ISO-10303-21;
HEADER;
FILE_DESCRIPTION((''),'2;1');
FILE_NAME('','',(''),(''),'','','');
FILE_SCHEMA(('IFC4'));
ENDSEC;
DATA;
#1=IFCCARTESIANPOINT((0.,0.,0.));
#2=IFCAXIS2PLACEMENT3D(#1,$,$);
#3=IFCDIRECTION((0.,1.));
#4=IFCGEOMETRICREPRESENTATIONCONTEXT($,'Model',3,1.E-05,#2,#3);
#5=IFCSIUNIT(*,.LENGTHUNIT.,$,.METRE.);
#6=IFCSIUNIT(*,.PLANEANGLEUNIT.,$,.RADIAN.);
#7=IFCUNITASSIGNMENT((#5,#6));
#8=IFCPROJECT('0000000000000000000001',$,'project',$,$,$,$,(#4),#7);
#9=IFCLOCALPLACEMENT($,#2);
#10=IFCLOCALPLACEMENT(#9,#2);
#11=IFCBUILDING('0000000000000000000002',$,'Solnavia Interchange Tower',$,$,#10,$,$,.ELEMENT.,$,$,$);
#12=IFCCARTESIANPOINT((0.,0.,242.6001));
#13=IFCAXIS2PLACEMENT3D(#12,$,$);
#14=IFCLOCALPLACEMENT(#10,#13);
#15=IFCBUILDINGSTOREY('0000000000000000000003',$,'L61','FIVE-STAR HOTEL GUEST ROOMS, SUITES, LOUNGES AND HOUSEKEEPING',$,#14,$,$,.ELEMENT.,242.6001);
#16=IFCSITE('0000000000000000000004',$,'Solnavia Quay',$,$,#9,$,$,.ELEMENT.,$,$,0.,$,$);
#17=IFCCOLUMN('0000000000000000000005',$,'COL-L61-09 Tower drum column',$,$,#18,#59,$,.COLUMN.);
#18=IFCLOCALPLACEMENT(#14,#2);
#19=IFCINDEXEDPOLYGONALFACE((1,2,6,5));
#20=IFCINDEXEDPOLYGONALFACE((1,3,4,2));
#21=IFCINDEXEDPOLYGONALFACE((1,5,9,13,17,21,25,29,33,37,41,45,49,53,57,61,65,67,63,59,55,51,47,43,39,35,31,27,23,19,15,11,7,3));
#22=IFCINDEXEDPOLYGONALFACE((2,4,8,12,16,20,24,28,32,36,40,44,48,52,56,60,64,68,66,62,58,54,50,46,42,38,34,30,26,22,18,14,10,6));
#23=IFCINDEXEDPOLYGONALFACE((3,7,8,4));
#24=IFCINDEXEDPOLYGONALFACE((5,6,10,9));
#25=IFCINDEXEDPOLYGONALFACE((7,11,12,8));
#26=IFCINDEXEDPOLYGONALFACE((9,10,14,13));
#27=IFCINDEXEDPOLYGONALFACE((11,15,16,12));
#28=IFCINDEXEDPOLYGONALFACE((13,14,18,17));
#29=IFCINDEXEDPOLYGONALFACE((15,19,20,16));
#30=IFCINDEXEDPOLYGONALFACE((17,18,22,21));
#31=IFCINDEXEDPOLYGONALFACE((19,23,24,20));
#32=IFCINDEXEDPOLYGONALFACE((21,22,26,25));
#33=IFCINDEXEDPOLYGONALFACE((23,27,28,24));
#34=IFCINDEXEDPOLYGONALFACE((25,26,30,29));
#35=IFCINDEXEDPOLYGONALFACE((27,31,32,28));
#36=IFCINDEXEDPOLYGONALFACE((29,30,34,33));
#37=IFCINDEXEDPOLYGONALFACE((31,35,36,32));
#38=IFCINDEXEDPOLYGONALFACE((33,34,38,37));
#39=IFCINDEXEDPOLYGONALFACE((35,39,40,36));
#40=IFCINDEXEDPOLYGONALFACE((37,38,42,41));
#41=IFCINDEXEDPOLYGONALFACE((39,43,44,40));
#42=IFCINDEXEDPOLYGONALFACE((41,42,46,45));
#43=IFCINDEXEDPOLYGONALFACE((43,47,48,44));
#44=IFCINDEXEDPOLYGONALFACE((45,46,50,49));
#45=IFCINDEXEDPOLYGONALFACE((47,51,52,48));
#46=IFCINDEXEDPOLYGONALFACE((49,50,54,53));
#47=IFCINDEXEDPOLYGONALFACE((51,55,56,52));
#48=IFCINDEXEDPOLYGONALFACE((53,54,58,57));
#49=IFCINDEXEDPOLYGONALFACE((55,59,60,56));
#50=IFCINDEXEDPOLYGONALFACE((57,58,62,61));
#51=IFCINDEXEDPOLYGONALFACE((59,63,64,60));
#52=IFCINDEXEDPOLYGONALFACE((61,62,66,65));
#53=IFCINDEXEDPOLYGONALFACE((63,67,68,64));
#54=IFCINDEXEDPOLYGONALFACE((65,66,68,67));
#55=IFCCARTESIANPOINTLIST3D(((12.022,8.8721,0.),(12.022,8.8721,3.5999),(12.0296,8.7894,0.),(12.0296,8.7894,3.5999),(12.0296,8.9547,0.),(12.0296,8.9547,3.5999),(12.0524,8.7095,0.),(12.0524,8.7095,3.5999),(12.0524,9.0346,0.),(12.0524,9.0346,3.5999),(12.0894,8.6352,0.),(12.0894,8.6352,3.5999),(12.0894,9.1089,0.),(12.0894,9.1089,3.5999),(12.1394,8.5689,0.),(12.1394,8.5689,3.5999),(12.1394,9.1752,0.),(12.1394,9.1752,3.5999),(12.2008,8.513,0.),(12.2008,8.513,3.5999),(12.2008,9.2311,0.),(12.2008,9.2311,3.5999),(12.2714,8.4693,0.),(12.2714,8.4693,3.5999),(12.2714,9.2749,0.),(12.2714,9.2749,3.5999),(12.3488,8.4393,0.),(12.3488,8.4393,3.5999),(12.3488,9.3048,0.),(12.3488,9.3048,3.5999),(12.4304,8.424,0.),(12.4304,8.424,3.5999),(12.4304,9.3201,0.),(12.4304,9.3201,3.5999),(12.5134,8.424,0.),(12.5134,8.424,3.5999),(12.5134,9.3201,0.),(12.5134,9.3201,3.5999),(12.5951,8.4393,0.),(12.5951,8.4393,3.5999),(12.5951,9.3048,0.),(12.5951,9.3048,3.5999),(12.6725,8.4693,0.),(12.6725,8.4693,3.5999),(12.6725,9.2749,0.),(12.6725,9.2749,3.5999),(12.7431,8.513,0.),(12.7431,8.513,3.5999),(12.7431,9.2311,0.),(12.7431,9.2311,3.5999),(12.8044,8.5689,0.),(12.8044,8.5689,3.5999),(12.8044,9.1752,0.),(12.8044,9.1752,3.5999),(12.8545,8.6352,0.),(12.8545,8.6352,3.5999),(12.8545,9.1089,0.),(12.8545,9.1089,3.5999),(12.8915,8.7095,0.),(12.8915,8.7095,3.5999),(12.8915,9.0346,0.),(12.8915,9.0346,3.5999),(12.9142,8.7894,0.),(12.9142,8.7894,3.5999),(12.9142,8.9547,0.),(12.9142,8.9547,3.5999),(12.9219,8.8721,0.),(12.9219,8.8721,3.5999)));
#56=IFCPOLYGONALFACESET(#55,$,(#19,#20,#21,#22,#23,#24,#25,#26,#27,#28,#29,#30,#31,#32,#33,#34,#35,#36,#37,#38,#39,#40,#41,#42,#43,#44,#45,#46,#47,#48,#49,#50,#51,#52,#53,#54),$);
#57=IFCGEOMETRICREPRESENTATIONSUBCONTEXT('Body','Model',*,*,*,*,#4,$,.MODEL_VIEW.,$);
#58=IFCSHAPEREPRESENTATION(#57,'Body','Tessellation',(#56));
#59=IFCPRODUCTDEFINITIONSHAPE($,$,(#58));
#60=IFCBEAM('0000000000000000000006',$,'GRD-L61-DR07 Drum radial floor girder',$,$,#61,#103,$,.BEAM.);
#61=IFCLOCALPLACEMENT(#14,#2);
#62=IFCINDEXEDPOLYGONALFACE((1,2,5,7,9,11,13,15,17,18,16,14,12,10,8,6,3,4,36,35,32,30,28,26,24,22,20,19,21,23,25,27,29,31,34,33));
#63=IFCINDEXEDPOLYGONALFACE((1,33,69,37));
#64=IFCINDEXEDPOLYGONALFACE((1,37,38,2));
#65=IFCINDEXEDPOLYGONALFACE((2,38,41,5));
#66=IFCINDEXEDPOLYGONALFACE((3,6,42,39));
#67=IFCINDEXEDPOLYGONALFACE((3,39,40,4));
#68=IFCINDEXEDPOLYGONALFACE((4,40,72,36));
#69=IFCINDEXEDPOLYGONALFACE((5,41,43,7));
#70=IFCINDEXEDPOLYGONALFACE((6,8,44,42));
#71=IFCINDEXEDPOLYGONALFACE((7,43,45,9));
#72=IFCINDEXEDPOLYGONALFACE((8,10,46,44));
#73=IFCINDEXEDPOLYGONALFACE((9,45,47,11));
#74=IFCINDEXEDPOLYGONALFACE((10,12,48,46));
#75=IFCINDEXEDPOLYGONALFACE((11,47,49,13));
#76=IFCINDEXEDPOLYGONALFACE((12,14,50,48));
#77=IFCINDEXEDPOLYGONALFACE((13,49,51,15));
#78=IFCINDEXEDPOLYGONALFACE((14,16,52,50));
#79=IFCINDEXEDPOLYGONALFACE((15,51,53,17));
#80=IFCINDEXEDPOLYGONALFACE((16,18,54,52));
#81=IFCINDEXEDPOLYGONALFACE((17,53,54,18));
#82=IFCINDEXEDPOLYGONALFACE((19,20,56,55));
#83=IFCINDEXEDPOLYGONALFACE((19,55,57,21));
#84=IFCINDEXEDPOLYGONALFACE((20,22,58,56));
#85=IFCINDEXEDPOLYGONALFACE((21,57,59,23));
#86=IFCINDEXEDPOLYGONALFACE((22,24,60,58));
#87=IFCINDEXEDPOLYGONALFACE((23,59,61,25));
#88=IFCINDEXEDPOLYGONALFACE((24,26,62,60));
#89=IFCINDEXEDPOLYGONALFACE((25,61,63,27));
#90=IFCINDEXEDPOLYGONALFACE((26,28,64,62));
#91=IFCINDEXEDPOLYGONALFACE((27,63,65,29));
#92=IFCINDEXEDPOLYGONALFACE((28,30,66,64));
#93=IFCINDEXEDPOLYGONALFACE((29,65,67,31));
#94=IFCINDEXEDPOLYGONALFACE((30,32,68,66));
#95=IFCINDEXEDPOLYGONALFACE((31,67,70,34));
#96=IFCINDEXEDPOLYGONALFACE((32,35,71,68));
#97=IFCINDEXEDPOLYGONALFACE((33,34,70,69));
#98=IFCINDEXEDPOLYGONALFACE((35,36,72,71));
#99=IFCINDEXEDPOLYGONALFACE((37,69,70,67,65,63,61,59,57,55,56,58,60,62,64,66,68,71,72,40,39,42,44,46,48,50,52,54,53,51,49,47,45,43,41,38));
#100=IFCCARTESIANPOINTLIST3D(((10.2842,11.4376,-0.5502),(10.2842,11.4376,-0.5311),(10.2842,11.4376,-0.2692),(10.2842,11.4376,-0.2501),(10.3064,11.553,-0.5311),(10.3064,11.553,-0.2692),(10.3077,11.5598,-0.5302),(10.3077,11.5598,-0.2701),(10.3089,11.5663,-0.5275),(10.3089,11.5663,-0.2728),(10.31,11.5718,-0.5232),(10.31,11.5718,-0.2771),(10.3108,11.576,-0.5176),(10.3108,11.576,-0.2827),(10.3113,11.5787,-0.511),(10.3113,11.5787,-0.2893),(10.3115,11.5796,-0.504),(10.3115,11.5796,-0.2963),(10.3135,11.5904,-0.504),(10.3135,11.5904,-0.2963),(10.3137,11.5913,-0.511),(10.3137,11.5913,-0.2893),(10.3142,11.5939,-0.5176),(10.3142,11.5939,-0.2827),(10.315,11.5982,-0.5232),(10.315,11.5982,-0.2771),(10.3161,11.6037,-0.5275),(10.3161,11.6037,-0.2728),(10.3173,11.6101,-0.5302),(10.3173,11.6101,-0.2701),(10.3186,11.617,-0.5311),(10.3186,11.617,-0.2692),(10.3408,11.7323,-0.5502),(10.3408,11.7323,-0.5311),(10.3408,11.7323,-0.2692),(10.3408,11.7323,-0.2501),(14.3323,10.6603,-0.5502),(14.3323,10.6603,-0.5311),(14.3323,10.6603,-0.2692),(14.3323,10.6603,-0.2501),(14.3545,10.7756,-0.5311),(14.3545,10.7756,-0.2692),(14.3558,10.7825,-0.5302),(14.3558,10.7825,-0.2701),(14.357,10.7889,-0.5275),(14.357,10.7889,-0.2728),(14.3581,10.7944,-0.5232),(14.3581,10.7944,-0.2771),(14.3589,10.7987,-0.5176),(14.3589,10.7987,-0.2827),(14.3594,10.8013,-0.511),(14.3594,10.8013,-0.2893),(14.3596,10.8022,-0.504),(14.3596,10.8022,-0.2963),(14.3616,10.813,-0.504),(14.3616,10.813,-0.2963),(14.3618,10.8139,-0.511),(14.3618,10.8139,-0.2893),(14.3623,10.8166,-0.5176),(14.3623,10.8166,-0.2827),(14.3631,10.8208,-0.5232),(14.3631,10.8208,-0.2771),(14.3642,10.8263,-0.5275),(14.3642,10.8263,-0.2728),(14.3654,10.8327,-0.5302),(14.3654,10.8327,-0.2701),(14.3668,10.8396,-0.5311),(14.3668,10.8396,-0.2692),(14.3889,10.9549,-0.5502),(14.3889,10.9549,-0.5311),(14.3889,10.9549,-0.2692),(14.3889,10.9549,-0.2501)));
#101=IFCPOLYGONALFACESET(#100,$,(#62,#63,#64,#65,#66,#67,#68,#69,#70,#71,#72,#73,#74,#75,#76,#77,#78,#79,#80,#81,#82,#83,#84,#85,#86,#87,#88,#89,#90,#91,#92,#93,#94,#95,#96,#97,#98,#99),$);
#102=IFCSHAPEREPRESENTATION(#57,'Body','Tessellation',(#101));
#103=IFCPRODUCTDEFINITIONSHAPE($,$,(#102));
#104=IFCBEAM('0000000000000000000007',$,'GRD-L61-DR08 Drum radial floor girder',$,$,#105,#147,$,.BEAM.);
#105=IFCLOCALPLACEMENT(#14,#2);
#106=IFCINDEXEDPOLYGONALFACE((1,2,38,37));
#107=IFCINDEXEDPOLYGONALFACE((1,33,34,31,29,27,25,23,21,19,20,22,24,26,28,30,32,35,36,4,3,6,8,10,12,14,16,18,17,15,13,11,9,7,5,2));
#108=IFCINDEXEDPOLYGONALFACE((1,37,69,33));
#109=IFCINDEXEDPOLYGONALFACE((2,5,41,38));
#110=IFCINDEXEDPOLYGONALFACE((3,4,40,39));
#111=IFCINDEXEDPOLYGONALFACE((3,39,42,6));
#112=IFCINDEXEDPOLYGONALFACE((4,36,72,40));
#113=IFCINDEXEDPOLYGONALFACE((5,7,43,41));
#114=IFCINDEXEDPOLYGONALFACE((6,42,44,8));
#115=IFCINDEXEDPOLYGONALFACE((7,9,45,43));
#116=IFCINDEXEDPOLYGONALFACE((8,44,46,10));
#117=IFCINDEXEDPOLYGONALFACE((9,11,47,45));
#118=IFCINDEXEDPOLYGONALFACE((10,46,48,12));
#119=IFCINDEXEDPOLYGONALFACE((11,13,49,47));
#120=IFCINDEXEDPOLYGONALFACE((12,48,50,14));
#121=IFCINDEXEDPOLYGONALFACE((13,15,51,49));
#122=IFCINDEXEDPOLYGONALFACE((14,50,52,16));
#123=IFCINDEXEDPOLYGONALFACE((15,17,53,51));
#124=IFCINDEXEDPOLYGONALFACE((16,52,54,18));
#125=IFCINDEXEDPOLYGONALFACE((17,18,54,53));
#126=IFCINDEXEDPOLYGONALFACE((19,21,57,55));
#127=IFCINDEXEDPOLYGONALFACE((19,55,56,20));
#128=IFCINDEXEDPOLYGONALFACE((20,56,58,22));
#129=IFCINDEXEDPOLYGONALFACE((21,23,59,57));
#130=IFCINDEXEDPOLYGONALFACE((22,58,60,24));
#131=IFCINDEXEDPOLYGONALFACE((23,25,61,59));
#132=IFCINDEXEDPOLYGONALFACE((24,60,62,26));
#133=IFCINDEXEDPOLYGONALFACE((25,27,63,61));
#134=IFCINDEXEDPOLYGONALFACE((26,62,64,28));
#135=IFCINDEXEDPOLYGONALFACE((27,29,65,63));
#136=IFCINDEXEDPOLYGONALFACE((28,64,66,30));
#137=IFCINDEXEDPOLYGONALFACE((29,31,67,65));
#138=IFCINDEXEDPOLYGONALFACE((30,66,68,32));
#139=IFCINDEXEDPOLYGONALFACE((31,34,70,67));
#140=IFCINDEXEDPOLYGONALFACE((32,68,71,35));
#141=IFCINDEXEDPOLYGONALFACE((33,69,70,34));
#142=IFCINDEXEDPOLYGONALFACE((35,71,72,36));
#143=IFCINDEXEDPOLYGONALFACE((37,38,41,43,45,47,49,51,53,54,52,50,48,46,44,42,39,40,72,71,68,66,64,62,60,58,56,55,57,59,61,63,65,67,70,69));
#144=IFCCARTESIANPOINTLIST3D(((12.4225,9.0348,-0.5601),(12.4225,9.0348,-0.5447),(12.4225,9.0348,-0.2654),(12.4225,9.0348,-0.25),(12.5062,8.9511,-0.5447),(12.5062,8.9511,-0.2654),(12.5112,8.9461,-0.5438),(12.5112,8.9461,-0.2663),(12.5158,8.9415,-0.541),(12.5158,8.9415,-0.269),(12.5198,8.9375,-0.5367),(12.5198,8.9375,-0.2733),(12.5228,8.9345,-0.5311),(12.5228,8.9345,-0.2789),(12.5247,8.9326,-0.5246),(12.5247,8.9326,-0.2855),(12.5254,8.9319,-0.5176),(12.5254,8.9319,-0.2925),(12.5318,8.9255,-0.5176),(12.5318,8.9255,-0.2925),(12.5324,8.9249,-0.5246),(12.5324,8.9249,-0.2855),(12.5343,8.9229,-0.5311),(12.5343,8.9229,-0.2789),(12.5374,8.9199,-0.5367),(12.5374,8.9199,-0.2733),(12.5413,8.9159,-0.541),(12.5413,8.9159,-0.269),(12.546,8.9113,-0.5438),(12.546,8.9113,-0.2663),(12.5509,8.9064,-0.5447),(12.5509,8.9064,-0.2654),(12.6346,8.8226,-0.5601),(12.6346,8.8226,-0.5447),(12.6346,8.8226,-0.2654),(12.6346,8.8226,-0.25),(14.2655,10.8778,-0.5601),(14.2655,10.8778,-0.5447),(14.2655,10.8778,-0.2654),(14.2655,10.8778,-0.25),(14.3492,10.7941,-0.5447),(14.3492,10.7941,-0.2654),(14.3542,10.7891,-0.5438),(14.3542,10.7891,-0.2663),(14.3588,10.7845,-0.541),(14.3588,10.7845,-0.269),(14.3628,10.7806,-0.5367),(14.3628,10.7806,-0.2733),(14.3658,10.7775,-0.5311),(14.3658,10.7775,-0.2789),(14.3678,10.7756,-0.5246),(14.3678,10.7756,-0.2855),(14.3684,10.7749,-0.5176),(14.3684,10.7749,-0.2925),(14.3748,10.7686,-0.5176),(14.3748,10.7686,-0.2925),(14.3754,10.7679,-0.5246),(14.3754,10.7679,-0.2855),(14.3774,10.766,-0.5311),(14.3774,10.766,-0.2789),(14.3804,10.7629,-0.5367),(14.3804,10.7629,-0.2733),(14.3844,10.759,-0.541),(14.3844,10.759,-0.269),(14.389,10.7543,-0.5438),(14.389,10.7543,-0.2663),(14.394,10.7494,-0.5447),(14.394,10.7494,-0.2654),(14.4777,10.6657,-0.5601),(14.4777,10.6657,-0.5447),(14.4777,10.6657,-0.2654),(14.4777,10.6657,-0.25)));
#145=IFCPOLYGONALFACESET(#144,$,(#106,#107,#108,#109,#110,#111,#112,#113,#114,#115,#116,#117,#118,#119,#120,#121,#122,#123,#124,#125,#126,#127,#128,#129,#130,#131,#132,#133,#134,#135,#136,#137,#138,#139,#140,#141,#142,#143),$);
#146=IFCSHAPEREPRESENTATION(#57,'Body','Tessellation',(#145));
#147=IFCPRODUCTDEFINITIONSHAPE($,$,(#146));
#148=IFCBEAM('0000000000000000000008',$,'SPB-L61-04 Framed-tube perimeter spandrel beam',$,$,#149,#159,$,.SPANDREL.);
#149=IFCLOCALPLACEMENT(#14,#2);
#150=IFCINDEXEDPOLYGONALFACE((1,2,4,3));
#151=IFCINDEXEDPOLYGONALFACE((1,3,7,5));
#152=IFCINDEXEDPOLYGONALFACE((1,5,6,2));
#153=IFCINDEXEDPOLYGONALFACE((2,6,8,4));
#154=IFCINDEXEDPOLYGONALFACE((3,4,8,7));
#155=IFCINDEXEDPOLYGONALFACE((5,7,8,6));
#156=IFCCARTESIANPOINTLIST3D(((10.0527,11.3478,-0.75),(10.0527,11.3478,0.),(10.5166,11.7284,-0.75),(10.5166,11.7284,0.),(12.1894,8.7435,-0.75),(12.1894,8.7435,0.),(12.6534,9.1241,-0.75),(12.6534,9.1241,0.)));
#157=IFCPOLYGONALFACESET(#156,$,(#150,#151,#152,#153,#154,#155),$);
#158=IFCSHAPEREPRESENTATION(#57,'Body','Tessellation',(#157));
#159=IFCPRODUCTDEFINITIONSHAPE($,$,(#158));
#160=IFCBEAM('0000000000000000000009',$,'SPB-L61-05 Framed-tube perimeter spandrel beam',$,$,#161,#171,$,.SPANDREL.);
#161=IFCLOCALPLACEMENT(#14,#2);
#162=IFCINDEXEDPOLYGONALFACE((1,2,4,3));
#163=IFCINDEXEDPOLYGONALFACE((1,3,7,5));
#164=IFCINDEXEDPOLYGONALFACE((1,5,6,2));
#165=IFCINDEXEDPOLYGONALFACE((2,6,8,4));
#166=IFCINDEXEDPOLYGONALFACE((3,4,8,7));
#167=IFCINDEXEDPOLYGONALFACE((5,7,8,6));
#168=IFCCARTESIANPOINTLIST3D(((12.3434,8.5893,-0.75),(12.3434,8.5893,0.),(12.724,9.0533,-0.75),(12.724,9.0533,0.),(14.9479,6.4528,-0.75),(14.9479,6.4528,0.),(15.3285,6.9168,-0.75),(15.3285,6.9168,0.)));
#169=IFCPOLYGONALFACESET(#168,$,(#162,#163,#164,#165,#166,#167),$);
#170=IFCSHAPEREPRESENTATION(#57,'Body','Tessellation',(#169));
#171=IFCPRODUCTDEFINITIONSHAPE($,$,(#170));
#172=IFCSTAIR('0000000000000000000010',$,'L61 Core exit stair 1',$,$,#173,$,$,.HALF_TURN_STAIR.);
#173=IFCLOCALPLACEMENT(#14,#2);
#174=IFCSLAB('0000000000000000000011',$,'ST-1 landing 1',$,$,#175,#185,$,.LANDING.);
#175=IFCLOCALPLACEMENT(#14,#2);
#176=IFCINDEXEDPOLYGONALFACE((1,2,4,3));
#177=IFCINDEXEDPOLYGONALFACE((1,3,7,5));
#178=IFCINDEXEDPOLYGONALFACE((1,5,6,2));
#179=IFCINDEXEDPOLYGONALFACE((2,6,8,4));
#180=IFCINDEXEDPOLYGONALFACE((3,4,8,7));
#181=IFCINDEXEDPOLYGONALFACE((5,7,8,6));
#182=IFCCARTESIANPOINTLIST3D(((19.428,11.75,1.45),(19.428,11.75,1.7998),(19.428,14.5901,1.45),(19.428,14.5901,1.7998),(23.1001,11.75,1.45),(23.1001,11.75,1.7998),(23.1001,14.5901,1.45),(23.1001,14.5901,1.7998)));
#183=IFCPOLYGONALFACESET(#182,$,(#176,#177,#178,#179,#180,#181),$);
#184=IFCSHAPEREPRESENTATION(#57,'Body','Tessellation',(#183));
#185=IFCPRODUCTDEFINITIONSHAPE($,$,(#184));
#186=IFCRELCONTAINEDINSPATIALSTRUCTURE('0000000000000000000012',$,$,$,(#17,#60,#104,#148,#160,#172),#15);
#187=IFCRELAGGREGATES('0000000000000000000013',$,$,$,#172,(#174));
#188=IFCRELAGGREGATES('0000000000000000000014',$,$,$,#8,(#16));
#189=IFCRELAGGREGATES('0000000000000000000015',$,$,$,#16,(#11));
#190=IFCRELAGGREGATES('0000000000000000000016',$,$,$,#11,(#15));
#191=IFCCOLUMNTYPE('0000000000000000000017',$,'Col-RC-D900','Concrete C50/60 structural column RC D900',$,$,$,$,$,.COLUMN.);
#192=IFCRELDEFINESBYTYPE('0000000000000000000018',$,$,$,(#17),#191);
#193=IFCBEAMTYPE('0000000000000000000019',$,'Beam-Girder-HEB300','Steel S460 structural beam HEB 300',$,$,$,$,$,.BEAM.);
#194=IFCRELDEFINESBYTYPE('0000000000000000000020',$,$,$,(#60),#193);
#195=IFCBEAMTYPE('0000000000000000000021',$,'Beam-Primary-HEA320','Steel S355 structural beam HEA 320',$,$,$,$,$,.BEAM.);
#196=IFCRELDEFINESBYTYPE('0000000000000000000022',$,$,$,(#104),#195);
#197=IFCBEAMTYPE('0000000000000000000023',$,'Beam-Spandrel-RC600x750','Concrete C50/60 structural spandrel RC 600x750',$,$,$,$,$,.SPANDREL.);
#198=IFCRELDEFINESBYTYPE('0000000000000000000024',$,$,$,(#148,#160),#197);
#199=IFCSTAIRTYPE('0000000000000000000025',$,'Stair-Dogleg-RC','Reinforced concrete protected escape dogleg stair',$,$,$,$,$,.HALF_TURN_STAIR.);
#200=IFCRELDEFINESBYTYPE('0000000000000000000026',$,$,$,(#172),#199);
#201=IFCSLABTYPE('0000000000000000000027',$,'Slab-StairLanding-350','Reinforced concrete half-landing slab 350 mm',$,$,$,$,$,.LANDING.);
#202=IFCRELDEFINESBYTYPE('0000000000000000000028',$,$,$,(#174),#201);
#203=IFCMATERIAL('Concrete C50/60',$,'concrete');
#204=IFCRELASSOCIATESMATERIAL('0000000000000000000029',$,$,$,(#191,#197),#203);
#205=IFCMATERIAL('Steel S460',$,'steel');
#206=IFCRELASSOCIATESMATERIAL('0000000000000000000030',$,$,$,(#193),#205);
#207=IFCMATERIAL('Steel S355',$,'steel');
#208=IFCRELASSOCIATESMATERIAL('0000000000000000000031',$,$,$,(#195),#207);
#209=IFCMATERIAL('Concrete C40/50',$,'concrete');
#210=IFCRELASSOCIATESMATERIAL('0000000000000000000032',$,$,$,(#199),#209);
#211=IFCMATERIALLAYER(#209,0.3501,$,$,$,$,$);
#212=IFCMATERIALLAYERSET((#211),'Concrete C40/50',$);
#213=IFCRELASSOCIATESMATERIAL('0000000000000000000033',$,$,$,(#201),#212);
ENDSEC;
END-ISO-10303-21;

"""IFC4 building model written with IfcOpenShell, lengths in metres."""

from ifc_helpers import new_model, si_unit, direction, frame, origin, origin_2d, place, context, subcontext, project, spatial, polyline, rectangle, circle, i_section, outline, extrude, material, layer, layer_set, material_profile, profile_set, type_object, element, aggregate, save


model = new_model("IFC4")

# Units and contexts
model_context = context("Model", 3, precision=1e-05, world=origin(), true_north=direction((0.0, 1.0)))
body_context = subcontext(model_context, "Body", "Model", "MODEL_VIEW")
ifc_project = project(units=[si_unit("LENGTHUNIT", "METRE"), si_unit("PLANEANGLEUNIT", "RADIAN")], contexts=[model_context])

# Site, building, storey
site_placement = place(None, origin())
site = spatial("IfcSite", under=ifc_project, at=site_placement, Name="Solnavia Quay", CompositionType="ELEMENT", RefElevation=0.0)
building_placement = place(site_placement, origin())
building = spatial("IfcBuilding", under=site, at=building_placement, Name="Solnavia Interchange Tower", CompositionType="ELEMENT")
storey_placement = place(building_placement, frame((0.0, 0.0, 242.6001)))
storey = spatial("IfcBuildingStorey", under=building, at=storey_placement, Name="L61", Description="FIVE-STAR HOTEL GUEST ROOMS, SUITES, LOUNGES AND HOUSEKEEPING", CompositionType="ELEMENT", Elevation=242.6001)

# Column
ifc_material_1 = material(Name="Concrete C50/60", Category="concrete")
ifc_material_profile_1 = material_profile(ifc_material_1, circle(Radius=0.45, at=origin_2d()), Name="RC D900")
ifc_profile_set_1 = profile_set([ifc_material_profile_1], Name="Concrete C50/60")
column_type = type_object("IfcColumnType", Name="Col-RC-D900", Description="Concrete C50/60 structural column RC D900", PredefinedType="COLUMN", material=ifc_profile_set_1)
column_placement = place(storey_placement, frame((12.4719, 8.8721, 0.0), z_axis=(0.0, 0.0, 1.0), x_axis=(1.0, 0.0, 0.0)))
element("IfcColumn", 1, at=column_placement, inside=storey, type_object=column_type, Name="COL-L61-09 Tower drum column", PredefinedType="COLUMN", context=body_context, shape_type="SweptSolid", body=[
    extrude(circle(Radius=0.45, at=origin_2d()), origin(), (0.0, 0.0, 1.0), 3.5999),
])

# Beams
ifc_material_2 = material(Name="Steel S460", Category="steel")
ifc_material_profile_2 = material_profile(ifc_material_2, i_section(OverallWidth=0.3, OverallDepth=0.3, WebThickness=0.011, FlangeThickness=0.019, FilletRadius=0.0271, at=origin_2d()), Name="HEB 300")
ifc_profile_set_2 = profile_set([ifc_material_profile_2], Name="Steel S460")
beam_type_1 = type_object("IfcBeamType", Name="Beam-Girder-HEB300", Description="Steel S460 structural beam HEB 300", PredefinedType="BEAM", material=ifc_profile_set_2)
beam_1_placement = place(storey_placement, frame((10.3125, 11.585, -0.4001), z_axis=(0.982058, -0.188582, 0.0), x_axis=(0.188582, 0.982058, 0.0)))
element("IfcBeam", 2, at=beam_1_placement, inside=storey, type_object=beam_type_1, Name="GRD-L61-DR07 Drum radial floor girder", PredefinedType="BEAM", context=body_context, shape_type="SweptSolid", body=[
    extrude(i_section(OverallWidth=0.3, OverallDepth=0.3, WebThickness=0.011, FlangeThickness=0.019, FilletRadius=0.0271, at=origin_2d()), origin(), (0.0, 0.0, 1.0), 4.1221),
])
ifc_material_3 = material(Name="Steel S355", Category="steel")
ifc_material_profile_3 = material_profile(ifc_material_3, i_section(OverallWidth=0.3, OverallDepth=0.3101, WebThickness=0.009, FlangeThickness=0.0154, FilletRadius=0.0271, at=origin_2d()), Name="HEA 320")
ifc_profile_set_3 = profile_set([ifc_material_profile_3], Name="Steel S355")
beam_type_2 = type_object("IfcBeamType", Name="Beam-Primary-HEA320", Description="Steel S355 structural beam HEA 320", PredefinedType="BEAM", material=ifc_profile_set_3)
beam_2_placement = place(storey_placement, frame((12.5286, 8.9287, -0.405), z_axis=(0.707107, 0.707107, 0.0), x_axis=(-0.707107, 0.707107, 0.0)))
element("IfcBeam", 3, at=beam_2_placement, inside=storey, type_object=beam_type_2, Name="GRD-L61-DR08 Drum radial floor girder", PredefinedType="BEAM", context=body_context, shape_type="SweptSolid", body=[
    extrude(i_section(OverallWidth=0.3, OverallDepth=0.3101, WebThickness=0.009, FlangeThickness=0.0154, FilletRadius=0.0271, at=origin_2d()), origin(), (0.0, 0.0, 1.0), 2.6064),
])
ifc_material_profile_4 = material_profile(ifc_material_1, rectangle(XDim=0.6001, YDim=0.75, at=origin_2d()), Name="RC 600x750")
ifc_profile_set_4 = profile_set([ifc_material_profile_4], Name="Concrete C50/60")
beam_type_3 = type_object("IfcBeamType", Name="Beam-Spandrel-RC600x750", Description="Concrete C50/60 structural spandrel RC 600x750", PredefinedType="SPANDREL", material=ifc_profile_set_4)
for number, where, z_axis, x_axis, name in (
    (4, (10.2847, 11.5381, -0.375), (0.634299, -0.773088, 0.0), (0.773088, 0.634299, 0.0), "SPB-L61-04 Framed-tube perimeter spandrel beam"),
    (5, (12.5337, 8.8213, -0.375), (0.773153, -0.63422, 0.0), (0.63422, 0.773153, 0.0), "SPB-L61-05 Framed-tube perimeter spandrel beam"),
):
    element("IfcBeam", number, at=place(storey_placement, frame(where, z_axis=z_axis, x_axis=x_axis)), inside=storey, type_object=beam_type_3, Name=name, PredefinedType="SPANDREL", context=body_context, shape_type="SweptSolid", body=[
        extrude(rectangle(XDim=0.6001, YDim=0.75, at=origin_2d()), origin(), (0.0, 0.0, 1.0), 3.3687),
    ])

# Stair, slab
ifc_material_4 = material(Name="Concrete C40/50", Category="concrete")
stair_type = type_object("IfcStairType", Name="Stair-Dogleg-RC", Description="Reinforced concrete protected escape dogleg stair", PredefinedType="HALF_TURN_STAIR", material=ifc_material_4)
stair_1_placement = place(storey_placement, origin())
stair_1 = element("IfcStair", 6, at=stair_1_placement, inside=storey, type_object=stair_type, Name="L61 Core exit stair 1", PredefinedType="HALF_TURN_STAIR")
ifc_layer_1 = layer(ifc_material_4, 0.3501)
ifc_layer_set_1 = layer_set([ifc_layer_1], Name="Concrete C40/50")
slab_type_1 = type_object("IfcSlabType", Name="Slab-StairLanding-350", Description="Reinforced concrete half-landing slab 350 mm", PredefinedType="LANDING", material=ifc_layer_set_1)
slab_1_placement = place(storey_placement, frame((0.0, 0.0, 1.45)))
slab_1 = element("IfcSlab", 7, at=slab_1_placement, type_object=slab_type_1, Name="ST-1 landing 1", PredefinedType="LANDING", context=body_context, shape_type="SweptSolid", body=[
    extrude(outline(polyline([(19.428, 11.75), (23.1001, 11.75), (23.1001, 14.5901), (19.428, 14.5901), (19.428, 11.75)])), origin(), (0.0, 0.0, 1.0), 0.3499),
])
aggregate(stair_1, [slab_1])

save(model, "model.ifc")
